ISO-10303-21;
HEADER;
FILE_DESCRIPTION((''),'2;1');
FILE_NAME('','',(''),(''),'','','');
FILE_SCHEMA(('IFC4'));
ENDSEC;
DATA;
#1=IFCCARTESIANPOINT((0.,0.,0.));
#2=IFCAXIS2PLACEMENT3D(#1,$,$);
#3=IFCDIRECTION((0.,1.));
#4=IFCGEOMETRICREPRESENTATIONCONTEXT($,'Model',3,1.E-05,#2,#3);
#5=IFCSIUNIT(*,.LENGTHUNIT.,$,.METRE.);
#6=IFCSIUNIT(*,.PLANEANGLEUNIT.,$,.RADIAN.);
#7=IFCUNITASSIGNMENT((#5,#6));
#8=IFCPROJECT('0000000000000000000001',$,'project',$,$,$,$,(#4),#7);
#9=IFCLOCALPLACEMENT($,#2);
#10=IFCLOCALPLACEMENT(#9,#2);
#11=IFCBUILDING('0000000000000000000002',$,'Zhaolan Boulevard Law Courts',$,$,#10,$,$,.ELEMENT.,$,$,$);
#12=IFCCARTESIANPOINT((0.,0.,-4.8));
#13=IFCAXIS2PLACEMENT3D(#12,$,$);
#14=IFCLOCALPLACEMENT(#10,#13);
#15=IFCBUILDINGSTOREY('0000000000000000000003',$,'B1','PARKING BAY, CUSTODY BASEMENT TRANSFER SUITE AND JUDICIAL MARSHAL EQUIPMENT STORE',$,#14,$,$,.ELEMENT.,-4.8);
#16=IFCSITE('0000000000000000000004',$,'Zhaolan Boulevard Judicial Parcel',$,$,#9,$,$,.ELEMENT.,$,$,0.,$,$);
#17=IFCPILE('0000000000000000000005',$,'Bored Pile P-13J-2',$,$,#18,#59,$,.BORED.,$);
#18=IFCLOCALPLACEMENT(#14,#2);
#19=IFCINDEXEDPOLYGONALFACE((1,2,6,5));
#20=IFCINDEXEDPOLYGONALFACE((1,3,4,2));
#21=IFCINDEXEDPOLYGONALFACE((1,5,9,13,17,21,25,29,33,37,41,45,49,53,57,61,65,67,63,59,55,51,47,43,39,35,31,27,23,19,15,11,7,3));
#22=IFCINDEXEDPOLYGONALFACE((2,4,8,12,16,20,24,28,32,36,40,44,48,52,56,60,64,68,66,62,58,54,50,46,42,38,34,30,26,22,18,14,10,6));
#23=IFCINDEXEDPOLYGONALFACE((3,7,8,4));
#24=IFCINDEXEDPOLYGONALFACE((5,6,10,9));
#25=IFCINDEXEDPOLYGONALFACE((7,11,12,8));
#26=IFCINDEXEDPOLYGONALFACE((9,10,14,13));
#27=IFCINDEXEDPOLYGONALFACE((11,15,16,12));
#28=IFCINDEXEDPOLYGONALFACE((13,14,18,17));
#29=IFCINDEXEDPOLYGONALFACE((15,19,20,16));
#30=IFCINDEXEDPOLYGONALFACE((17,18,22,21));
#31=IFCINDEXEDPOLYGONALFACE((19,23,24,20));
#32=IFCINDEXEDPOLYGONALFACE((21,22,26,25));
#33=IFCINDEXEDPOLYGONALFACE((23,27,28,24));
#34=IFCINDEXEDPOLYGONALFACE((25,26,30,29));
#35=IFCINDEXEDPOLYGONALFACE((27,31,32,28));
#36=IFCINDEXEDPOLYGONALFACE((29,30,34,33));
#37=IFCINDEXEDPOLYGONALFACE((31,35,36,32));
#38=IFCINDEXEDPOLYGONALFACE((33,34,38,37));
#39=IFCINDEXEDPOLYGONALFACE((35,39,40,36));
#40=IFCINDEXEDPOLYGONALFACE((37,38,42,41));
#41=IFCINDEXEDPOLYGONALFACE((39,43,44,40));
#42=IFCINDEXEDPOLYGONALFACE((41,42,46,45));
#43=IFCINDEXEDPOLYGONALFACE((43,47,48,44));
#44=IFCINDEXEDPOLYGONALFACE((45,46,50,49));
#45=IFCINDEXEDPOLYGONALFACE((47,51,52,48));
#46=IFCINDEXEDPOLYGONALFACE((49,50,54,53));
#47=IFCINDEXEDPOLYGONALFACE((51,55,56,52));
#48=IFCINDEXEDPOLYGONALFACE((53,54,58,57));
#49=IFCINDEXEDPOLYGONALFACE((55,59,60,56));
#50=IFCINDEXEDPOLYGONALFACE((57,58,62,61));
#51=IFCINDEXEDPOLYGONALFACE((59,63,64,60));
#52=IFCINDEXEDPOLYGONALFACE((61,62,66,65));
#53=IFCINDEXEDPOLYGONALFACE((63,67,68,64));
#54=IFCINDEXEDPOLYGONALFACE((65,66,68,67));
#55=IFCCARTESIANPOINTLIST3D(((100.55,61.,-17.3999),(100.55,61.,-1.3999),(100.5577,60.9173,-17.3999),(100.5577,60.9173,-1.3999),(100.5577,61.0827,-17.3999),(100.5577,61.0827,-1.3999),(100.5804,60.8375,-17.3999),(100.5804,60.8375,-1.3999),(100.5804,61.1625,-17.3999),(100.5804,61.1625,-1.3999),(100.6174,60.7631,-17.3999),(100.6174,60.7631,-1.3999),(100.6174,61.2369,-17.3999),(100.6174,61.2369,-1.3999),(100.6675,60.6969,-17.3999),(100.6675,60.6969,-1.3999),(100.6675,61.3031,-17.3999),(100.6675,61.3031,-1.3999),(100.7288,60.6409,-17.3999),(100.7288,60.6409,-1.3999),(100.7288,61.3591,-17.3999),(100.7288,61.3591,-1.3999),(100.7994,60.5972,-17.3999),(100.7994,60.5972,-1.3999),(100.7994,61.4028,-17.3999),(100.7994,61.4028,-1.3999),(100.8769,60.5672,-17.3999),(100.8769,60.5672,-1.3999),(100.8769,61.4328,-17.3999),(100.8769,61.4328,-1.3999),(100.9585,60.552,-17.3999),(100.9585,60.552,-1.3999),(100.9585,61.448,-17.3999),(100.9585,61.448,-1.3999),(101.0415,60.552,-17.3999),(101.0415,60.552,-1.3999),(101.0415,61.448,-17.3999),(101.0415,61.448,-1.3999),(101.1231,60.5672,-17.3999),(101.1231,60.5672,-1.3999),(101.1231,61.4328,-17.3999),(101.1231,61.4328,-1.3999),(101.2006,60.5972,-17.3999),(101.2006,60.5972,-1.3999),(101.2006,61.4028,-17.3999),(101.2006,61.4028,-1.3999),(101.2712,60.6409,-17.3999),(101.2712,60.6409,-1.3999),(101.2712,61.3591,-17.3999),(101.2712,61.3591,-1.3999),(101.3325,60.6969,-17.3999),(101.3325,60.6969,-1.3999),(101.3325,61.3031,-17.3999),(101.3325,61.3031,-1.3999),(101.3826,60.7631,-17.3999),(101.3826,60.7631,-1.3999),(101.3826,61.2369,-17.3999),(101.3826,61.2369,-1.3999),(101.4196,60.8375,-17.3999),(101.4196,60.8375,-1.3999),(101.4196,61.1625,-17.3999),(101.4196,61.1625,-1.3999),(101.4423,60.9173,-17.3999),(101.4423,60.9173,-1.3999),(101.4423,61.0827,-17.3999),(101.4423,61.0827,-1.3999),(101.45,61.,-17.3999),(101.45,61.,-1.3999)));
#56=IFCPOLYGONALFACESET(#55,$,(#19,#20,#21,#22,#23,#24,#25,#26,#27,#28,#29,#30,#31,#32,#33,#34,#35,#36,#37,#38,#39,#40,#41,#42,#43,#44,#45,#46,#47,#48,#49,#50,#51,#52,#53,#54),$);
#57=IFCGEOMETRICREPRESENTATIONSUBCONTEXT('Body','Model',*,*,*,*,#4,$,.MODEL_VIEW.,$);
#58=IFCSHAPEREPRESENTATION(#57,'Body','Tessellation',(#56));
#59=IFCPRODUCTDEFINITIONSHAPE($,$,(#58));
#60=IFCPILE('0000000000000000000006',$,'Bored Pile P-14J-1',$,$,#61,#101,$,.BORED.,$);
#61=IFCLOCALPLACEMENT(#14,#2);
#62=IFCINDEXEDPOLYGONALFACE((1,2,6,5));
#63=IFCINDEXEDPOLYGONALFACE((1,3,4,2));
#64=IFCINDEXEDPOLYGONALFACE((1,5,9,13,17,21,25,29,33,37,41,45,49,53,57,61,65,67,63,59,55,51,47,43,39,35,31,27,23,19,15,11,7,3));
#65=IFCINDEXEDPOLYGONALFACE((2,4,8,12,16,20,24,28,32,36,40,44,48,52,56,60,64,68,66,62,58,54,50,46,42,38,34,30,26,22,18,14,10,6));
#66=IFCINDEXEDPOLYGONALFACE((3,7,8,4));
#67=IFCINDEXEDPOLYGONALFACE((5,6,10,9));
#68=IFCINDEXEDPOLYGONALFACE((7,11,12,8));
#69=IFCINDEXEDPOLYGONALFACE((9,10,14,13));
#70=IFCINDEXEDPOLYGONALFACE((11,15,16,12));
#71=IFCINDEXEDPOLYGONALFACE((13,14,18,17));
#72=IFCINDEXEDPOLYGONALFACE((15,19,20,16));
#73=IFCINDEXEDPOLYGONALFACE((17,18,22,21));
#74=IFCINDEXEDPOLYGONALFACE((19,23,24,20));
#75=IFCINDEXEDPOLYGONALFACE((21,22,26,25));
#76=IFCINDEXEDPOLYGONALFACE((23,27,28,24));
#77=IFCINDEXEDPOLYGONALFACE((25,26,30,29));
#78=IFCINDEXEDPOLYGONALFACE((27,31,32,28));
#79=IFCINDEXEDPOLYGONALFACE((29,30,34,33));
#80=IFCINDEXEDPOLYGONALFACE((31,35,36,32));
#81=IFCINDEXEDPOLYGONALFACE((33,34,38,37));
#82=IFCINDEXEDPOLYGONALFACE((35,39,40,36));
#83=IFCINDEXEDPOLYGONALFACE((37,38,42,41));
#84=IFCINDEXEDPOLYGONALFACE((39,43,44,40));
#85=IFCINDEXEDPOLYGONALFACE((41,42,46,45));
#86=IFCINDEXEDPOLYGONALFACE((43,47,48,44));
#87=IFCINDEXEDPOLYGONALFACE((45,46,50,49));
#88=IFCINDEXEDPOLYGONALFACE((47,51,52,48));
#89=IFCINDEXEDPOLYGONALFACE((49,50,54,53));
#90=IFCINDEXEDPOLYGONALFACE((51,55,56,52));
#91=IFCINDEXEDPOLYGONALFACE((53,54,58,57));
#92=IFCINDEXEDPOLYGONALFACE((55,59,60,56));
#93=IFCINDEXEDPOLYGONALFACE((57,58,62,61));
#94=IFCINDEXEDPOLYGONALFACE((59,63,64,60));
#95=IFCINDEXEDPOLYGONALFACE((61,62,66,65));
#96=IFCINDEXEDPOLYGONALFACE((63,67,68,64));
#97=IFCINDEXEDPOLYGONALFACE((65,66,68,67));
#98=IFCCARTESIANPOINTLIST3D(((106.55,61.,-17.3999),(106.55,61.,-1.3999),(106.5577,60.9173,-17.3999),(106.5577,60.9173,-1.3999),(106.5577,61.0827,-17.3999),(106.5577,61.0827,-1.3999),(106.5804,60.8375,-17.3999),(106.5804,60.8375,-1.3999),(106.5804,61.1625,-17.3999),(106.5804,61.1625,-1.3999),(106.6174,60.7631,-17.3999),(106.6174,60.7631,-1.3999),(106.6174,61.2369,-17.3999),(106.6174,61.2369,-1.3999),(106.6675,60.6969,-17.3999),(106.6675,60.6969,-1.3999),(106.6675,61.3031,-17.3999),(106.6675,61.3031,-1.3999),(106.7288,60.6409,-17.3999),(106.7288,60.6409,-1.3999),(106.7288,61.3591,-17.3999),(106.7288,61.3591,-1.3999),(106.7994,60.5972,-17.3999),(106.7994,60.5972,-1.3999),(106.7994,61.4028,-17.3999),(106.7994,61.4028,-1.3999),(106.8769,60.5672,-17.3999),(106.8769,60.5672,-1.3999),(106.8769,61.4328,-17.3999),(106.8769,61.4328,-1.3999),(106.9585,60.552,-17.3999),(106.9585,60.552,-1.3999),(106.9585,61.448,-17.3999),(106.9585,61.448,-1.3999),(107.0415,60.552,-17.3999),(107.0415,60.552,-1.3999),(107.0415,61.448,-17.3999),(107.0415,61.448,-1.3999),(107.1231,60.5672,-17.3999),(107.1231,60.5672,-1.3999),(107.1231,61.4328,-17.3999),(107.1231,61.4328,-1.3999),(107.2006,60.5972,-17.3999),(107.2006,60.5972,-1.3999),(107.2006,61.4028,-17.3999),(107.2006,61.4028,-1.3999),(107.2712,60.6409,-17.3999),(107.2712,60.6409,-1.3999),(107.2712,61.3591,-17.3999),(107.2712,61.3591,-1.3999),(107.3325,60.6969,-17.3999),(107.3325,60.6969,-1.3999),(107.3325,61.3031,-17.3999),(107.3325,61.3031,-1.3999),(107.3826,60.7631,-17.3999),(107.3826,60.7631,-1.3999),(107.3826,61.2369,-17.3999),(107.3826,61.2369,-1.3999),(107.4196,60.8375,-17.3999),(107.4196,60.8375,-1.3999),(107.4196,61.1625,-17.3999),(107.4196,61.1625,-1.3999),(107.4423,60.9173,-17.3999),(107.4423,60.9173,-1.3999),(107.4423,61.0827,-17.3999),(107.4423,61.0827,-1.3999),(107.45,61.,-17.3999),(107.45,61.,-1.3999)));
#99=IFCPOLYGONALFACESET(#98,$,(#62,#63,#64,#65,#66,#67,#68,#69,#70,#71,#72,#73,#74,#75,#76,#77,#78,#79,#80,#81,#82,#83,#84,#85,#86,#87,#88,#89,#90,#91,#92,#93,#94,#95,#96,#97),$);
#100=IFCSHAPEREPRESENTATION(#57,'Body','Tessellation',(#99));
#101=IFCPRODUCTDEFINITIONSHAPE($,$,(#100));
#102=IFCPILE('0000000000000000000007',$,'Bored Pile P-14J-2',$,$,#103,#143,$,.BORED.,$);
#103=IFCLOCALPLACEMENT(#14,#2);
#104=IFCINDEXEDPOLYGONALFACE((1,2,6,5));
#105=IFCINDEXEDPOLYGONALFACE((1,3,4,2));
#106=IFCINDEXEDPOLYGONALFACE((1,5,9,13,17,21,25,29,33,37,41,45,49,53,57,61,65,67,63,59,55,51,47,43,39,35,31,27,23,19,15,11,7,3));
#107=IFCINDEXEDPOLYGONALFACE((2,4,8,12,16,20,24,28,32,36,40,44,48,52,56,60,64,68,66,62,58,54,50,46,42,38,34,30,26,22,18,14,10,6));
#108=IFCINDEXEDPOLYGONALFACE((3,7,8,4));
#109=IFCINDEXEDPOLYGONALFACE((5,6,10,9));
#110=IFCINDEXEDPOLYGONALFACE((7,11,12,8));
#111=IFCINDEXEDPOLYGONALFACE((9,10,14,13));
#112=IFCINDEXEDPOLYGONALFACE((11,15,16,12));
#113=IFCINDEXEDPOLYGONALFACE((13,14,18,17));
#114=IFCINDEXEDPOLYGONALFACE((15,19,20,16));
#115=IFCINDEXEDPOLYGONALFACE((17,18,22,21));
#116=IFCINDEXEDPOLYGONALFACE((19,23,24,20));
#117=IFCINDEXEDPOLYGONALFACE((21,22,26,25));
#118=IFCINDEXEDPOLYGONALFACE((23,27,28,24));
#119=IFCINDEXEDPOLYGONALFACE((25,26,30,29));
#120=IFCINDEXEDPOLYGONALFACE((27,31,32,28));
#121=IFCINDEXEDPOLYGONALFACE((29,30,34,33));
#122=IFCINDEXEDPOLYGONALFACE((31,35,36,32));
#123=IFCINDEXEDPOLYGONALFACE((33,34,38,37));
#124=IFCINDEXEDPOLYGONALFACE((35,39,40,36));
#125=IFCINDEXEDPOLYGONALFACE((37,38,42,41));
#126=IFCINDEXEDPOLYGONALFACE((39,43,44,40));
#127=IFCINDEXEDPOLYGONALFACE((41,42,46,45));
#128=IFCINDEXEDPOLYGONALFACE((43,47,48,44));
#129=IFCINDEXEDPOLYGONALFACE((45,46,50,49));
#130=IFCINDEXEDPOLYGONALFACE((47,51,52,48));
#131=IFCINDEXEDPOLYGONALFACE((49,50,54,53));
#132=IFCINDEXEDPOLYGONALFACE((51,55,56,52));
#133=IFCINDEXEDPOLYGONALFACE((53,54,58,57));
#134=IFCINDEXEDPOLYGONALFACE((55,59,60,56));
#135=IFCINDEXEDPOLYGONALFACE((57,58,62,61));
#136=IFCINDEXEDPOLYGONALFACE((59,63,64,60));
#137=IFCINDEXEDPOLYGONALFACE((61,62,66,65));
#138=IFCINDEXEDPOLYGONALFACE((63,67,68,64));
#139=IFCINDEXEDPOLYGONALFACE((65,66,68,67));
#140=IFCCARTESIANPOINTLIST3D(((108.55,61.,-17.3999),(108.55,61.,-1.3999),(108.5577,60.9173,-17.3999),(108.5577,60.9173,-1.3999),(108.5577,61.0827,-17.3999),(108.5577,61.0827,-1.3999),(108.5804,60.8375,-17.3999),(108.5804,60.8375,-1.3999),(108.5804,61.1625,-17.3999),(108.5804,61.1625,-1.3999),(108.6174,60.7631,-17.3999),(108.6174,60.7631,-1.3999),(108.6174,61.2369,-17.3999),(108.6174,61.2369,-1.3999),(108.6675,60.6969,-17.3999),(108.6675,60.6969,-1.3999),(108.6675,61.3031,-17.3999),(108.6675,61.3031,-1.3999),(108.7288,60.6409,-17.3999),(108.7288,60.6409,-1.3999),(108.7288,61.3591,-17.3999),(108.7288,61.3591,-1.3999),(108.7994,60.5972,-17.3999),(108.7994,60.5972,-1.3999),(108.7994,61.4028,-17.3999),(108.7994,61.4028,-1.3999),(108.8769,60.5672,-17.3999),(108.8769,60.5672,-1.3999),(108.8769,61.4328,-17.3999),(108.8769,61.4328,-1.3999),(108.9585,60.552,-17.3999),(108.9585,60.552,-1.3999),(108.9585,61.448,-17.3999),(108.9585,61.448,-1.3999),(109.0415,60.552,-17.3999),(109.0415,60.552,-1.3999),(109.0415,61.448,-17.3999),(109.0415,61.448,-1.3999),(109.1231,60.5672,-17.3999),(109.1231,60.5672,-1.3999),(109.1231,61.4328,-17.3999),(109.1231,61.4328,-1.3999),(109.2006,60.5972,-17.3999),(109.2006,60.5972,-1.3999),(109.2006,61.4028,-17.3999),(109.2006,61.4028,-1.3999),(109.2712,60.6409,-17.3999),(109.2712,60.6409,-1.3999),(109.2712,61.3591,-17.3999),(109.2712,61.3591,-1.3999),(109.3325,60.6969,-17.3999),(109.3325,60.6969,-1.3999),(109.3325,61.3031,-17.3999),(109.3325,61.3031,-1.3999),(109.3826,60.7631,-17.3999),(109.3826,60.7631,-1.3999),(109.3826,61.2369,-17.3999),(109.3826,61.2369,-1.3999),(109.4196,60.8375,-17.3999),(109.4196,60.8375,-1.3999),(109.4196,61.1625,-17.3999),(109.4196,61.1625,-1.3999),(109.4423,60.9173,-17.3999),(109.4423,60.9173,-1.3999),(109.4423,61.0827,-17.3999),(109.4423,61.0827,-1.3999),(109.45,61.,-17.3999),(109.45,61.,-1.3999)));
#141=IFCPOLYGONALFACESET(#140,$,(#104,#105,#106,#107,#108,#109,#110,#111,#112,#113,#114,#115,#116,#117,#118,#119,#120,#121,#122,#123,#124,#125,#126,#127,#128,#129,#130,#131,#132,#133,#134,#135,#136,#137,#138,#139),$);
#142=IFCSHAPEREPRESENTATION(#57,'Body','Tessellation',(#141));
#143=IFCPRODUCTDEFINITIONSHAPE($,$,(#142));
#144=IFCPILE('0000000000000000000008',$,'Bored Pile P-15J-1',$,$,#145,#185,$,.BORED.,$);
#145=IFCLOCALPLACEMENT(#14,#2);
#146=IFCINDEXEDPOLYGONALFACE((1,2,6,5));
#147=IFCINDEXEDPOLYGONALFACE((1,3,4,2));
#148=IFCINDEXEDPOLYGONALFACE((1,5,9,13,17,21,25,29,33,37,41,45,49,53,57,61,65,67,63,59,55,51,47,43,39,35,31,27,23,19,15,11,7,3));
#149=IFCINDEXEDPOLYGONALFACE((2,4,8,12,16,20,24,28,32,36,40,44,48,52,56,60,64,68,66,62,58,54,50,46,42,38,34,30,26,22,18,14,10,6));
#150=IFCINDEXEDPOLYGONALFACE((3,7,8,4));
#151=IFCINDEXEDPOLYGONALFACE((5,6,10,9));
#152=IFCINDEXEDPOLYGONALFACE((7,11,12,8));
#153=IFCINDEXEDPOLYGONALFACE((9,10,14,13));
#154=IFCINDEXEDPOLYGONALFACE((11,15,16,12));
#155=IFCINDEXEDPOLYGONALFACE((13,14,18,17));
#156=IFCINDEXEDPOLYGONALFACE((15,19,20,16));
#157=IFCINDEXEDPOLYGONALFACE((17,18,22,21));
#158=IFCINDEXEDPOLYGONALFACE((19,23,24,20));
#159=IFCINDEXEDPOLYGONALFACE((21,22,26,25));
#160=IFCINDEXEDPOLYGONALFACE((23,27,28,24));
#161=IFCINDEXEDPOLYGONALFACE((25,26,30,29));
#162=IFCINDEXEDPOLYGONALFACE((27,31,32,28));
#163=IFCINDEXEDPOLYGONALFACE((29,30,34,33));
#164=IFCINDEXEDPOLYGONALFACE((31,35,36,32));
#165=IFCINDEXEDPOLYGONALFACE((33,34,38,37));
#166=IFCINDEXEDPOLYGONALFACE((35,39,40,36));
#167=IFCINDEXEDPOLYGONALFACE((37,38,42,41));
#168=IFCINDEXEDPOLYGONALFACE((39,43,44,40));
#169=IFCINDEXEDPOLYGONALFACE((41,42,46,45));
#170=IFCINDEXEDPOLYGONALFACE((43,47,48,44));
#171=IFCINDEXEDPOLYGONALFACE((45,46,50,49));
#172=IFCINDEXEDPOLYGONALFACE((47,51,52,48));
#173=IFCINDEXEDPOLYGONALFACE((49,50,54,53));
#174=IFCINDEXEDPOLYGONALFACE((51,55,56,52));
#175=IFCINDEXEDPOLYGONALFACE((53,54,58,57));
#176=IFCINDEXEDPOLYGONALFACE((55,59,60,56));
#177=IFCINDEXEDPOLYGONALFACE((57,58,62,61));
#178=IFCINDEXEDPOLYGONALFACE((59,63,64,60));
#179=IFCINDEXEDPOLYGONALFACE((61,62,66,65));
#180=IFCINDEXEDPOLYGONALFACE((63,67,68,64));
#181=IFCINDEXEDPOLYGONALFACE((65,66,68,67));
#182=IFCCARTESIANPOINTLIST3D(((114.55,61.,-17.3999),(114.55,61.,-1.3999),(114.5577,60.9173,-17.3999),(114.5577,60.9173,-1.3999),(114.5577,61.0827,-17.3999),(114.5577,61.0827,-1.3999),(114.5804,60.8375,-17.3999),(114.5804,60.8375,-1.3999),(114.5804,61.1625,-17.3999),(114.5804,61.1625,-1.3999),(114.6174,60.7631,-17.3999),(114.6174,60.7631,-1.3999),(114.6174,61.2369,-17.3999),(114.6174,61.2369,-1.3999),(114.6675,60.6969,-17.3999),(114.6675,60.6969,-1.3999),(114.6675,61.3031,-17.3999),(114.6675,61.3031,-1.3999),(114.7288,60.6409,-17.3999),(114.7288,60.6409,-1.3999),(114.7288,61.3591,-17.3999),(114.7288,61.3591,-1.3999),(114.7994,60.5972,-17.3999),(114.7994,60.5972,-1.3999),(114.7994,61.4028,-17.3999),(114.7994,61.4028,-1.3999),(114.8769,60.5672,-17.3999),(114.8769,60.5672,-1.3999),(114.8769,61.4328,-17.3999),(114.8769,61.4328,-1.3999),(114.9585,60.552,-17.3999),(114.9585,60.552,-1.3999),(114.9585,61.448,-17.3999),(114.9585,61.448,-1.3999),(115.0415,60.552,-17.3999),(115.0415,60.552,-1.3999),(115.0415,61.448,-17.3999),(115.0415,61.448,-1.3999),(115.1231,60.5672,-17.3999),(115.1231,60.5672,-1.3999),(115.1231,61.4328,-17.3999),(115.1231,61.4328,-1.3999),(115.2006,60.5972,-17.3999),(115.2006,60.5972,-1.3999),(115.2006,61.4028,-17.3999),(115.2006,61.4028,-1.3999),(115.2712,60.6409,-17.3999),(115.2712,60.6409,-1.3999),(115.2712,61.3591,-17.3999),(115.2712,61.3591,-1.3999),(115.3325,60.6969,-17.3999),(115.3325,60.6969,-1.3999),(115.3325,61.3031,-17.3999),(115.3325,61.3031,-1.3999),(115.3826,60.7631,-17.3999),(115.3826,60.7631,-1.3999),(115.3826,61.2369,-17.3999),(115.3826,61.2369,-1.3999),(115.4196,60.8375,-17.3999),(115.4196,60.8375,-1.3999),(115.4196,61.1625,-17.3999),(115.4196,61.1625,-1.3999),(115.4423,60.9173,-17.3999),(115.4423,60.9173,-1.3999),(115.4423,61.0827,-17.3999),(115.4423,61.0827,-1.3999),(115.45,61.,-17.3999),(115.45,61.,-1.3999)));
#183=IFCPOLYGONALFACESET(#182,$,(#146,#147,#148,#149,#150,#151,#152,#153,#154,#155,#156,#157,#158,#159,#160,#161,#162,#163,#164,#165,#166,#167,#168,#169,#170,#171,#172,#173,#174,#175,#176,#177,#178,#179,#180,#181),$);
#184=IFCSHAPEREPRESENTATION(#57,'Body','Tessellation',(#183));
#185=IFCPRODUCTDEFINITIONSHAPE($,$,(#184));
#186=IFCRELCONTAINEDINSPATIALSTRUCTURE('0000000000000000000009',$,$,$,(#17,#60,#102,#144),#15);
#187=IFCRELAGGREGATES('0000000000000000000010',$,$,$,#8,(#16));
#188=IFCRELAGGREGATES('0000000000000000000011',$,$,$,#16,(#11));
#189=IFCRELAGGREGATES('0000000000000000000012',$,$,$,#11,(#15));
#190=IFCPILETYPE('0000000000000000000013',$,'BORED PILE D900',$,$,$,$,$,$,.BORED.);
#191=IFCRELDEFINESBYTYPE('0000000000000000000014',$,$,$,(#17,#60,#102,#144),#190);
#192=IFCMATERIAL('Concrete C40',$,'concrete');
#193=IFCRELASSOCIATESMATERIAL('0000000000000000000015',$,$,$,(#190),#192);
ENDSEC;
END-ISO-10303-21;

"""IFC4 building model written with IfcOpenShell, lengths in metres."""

from ifc_helpers import new_model, si_unit, direction, frame, origin, origin_2d, place, context, subcontext, project, spatial, circle, extrude, material, material_profile, profile_set, type_object, element, save


model = new_model("IFC4")

# Units and contexts
model_context = context("Model", 3, precision=1e-05, world=origin(), true_north=direction((0.0, 1.0)))
body_context = subcontext(model_context, "Body", "Model", "MODEL_VIEW")
ifc_project = project(units=[si_unit("LENGTHUNIT", "METRE"), si_unit("PLANEANGLEUNIT", "RADIAN")], contexts=[model_context])

# Site, building, storey
site_placement = place(None, origin())
site = spatial("IfcSite", under=ifc_project, at=site_placement, Name="Zhaolan Boulevard Judicial Parcel", CompositionType="ELEMENT", RefElevation=0.0)
building_placement = place(site_placement, origin())
building = spatial("IfcBuilding", under=site, at=building_placement, Name="Zhaolan Boulevard Law Courts", CompositionType="ELEMENT")
storey_placement = place(building_placement, frame((0.0, 0.0, -4.8)))
storey = spatial("IfcBuildingStorey", under=building, at=storey_placement, Name="B1", Description="PARKING BAY, CUSTODY BASEMENT TRANSFER SUITE AND JUDICIAL MARSHAL EQUIPMENT STORE", CompositionType="ELEMENT", Elevation=-4.8)

# Piles
ifc_material_1 = material(Name="Concrete C40", Category="concrete")
ifc_material_profile_1 = material_profile(ifc_material_1, circle(Radius=0.45, at=origin_2d()), Name="PILE-D900")
ifc_profile_set_1 = profile_set([ifc_material_profile_1], Name="Concrete C40")
pile_type_1 = type_object("IfcPileType", Name="BORED PILE D900", PredefinedType="BORED", material=ifc_profile_set_1)
for number, where, z_axis, x_axis, name in (
    (1, (101.0, 61.0, -1.3999), (0.0, 0.0, -1.0), (1.0, 0.0, 0.0), "Bored Pile P-13J-2"),
    (2, (107.0, 61.0, -1.3999), (0.0, 0.0, -1.0), (1.0, 0.0, 0.0), "Bored Pile P-14J-1"),
    (3, (109.0, 61.0, -1.3999), (0.0, 0.0, -1.0), (1.0, 0.0, 0.0), "Bored Pile P-14J-2"),
    (4, (115.0, 61.0, -1.3999), (0.0, 0.0, -1.0), (1.0, 0.0, 0.0), "Bored Pile P-15J-1"),
):
    element("IfcPile", number, at=place(storey_placement, frame(where, z_axis=z_axis, x_axis=x_axis)), inside=storey, type_object=pile_type_1, Name=name, PredefinedType="BORED", context=body_context, shape_type="SweptSolid", body=[
        extrude(circle(Radius=0.45, at=origin_2d()), origin(), (0.0, 0.0, 1.0), 16.0),
    ])

save(model, "model.ifc")
